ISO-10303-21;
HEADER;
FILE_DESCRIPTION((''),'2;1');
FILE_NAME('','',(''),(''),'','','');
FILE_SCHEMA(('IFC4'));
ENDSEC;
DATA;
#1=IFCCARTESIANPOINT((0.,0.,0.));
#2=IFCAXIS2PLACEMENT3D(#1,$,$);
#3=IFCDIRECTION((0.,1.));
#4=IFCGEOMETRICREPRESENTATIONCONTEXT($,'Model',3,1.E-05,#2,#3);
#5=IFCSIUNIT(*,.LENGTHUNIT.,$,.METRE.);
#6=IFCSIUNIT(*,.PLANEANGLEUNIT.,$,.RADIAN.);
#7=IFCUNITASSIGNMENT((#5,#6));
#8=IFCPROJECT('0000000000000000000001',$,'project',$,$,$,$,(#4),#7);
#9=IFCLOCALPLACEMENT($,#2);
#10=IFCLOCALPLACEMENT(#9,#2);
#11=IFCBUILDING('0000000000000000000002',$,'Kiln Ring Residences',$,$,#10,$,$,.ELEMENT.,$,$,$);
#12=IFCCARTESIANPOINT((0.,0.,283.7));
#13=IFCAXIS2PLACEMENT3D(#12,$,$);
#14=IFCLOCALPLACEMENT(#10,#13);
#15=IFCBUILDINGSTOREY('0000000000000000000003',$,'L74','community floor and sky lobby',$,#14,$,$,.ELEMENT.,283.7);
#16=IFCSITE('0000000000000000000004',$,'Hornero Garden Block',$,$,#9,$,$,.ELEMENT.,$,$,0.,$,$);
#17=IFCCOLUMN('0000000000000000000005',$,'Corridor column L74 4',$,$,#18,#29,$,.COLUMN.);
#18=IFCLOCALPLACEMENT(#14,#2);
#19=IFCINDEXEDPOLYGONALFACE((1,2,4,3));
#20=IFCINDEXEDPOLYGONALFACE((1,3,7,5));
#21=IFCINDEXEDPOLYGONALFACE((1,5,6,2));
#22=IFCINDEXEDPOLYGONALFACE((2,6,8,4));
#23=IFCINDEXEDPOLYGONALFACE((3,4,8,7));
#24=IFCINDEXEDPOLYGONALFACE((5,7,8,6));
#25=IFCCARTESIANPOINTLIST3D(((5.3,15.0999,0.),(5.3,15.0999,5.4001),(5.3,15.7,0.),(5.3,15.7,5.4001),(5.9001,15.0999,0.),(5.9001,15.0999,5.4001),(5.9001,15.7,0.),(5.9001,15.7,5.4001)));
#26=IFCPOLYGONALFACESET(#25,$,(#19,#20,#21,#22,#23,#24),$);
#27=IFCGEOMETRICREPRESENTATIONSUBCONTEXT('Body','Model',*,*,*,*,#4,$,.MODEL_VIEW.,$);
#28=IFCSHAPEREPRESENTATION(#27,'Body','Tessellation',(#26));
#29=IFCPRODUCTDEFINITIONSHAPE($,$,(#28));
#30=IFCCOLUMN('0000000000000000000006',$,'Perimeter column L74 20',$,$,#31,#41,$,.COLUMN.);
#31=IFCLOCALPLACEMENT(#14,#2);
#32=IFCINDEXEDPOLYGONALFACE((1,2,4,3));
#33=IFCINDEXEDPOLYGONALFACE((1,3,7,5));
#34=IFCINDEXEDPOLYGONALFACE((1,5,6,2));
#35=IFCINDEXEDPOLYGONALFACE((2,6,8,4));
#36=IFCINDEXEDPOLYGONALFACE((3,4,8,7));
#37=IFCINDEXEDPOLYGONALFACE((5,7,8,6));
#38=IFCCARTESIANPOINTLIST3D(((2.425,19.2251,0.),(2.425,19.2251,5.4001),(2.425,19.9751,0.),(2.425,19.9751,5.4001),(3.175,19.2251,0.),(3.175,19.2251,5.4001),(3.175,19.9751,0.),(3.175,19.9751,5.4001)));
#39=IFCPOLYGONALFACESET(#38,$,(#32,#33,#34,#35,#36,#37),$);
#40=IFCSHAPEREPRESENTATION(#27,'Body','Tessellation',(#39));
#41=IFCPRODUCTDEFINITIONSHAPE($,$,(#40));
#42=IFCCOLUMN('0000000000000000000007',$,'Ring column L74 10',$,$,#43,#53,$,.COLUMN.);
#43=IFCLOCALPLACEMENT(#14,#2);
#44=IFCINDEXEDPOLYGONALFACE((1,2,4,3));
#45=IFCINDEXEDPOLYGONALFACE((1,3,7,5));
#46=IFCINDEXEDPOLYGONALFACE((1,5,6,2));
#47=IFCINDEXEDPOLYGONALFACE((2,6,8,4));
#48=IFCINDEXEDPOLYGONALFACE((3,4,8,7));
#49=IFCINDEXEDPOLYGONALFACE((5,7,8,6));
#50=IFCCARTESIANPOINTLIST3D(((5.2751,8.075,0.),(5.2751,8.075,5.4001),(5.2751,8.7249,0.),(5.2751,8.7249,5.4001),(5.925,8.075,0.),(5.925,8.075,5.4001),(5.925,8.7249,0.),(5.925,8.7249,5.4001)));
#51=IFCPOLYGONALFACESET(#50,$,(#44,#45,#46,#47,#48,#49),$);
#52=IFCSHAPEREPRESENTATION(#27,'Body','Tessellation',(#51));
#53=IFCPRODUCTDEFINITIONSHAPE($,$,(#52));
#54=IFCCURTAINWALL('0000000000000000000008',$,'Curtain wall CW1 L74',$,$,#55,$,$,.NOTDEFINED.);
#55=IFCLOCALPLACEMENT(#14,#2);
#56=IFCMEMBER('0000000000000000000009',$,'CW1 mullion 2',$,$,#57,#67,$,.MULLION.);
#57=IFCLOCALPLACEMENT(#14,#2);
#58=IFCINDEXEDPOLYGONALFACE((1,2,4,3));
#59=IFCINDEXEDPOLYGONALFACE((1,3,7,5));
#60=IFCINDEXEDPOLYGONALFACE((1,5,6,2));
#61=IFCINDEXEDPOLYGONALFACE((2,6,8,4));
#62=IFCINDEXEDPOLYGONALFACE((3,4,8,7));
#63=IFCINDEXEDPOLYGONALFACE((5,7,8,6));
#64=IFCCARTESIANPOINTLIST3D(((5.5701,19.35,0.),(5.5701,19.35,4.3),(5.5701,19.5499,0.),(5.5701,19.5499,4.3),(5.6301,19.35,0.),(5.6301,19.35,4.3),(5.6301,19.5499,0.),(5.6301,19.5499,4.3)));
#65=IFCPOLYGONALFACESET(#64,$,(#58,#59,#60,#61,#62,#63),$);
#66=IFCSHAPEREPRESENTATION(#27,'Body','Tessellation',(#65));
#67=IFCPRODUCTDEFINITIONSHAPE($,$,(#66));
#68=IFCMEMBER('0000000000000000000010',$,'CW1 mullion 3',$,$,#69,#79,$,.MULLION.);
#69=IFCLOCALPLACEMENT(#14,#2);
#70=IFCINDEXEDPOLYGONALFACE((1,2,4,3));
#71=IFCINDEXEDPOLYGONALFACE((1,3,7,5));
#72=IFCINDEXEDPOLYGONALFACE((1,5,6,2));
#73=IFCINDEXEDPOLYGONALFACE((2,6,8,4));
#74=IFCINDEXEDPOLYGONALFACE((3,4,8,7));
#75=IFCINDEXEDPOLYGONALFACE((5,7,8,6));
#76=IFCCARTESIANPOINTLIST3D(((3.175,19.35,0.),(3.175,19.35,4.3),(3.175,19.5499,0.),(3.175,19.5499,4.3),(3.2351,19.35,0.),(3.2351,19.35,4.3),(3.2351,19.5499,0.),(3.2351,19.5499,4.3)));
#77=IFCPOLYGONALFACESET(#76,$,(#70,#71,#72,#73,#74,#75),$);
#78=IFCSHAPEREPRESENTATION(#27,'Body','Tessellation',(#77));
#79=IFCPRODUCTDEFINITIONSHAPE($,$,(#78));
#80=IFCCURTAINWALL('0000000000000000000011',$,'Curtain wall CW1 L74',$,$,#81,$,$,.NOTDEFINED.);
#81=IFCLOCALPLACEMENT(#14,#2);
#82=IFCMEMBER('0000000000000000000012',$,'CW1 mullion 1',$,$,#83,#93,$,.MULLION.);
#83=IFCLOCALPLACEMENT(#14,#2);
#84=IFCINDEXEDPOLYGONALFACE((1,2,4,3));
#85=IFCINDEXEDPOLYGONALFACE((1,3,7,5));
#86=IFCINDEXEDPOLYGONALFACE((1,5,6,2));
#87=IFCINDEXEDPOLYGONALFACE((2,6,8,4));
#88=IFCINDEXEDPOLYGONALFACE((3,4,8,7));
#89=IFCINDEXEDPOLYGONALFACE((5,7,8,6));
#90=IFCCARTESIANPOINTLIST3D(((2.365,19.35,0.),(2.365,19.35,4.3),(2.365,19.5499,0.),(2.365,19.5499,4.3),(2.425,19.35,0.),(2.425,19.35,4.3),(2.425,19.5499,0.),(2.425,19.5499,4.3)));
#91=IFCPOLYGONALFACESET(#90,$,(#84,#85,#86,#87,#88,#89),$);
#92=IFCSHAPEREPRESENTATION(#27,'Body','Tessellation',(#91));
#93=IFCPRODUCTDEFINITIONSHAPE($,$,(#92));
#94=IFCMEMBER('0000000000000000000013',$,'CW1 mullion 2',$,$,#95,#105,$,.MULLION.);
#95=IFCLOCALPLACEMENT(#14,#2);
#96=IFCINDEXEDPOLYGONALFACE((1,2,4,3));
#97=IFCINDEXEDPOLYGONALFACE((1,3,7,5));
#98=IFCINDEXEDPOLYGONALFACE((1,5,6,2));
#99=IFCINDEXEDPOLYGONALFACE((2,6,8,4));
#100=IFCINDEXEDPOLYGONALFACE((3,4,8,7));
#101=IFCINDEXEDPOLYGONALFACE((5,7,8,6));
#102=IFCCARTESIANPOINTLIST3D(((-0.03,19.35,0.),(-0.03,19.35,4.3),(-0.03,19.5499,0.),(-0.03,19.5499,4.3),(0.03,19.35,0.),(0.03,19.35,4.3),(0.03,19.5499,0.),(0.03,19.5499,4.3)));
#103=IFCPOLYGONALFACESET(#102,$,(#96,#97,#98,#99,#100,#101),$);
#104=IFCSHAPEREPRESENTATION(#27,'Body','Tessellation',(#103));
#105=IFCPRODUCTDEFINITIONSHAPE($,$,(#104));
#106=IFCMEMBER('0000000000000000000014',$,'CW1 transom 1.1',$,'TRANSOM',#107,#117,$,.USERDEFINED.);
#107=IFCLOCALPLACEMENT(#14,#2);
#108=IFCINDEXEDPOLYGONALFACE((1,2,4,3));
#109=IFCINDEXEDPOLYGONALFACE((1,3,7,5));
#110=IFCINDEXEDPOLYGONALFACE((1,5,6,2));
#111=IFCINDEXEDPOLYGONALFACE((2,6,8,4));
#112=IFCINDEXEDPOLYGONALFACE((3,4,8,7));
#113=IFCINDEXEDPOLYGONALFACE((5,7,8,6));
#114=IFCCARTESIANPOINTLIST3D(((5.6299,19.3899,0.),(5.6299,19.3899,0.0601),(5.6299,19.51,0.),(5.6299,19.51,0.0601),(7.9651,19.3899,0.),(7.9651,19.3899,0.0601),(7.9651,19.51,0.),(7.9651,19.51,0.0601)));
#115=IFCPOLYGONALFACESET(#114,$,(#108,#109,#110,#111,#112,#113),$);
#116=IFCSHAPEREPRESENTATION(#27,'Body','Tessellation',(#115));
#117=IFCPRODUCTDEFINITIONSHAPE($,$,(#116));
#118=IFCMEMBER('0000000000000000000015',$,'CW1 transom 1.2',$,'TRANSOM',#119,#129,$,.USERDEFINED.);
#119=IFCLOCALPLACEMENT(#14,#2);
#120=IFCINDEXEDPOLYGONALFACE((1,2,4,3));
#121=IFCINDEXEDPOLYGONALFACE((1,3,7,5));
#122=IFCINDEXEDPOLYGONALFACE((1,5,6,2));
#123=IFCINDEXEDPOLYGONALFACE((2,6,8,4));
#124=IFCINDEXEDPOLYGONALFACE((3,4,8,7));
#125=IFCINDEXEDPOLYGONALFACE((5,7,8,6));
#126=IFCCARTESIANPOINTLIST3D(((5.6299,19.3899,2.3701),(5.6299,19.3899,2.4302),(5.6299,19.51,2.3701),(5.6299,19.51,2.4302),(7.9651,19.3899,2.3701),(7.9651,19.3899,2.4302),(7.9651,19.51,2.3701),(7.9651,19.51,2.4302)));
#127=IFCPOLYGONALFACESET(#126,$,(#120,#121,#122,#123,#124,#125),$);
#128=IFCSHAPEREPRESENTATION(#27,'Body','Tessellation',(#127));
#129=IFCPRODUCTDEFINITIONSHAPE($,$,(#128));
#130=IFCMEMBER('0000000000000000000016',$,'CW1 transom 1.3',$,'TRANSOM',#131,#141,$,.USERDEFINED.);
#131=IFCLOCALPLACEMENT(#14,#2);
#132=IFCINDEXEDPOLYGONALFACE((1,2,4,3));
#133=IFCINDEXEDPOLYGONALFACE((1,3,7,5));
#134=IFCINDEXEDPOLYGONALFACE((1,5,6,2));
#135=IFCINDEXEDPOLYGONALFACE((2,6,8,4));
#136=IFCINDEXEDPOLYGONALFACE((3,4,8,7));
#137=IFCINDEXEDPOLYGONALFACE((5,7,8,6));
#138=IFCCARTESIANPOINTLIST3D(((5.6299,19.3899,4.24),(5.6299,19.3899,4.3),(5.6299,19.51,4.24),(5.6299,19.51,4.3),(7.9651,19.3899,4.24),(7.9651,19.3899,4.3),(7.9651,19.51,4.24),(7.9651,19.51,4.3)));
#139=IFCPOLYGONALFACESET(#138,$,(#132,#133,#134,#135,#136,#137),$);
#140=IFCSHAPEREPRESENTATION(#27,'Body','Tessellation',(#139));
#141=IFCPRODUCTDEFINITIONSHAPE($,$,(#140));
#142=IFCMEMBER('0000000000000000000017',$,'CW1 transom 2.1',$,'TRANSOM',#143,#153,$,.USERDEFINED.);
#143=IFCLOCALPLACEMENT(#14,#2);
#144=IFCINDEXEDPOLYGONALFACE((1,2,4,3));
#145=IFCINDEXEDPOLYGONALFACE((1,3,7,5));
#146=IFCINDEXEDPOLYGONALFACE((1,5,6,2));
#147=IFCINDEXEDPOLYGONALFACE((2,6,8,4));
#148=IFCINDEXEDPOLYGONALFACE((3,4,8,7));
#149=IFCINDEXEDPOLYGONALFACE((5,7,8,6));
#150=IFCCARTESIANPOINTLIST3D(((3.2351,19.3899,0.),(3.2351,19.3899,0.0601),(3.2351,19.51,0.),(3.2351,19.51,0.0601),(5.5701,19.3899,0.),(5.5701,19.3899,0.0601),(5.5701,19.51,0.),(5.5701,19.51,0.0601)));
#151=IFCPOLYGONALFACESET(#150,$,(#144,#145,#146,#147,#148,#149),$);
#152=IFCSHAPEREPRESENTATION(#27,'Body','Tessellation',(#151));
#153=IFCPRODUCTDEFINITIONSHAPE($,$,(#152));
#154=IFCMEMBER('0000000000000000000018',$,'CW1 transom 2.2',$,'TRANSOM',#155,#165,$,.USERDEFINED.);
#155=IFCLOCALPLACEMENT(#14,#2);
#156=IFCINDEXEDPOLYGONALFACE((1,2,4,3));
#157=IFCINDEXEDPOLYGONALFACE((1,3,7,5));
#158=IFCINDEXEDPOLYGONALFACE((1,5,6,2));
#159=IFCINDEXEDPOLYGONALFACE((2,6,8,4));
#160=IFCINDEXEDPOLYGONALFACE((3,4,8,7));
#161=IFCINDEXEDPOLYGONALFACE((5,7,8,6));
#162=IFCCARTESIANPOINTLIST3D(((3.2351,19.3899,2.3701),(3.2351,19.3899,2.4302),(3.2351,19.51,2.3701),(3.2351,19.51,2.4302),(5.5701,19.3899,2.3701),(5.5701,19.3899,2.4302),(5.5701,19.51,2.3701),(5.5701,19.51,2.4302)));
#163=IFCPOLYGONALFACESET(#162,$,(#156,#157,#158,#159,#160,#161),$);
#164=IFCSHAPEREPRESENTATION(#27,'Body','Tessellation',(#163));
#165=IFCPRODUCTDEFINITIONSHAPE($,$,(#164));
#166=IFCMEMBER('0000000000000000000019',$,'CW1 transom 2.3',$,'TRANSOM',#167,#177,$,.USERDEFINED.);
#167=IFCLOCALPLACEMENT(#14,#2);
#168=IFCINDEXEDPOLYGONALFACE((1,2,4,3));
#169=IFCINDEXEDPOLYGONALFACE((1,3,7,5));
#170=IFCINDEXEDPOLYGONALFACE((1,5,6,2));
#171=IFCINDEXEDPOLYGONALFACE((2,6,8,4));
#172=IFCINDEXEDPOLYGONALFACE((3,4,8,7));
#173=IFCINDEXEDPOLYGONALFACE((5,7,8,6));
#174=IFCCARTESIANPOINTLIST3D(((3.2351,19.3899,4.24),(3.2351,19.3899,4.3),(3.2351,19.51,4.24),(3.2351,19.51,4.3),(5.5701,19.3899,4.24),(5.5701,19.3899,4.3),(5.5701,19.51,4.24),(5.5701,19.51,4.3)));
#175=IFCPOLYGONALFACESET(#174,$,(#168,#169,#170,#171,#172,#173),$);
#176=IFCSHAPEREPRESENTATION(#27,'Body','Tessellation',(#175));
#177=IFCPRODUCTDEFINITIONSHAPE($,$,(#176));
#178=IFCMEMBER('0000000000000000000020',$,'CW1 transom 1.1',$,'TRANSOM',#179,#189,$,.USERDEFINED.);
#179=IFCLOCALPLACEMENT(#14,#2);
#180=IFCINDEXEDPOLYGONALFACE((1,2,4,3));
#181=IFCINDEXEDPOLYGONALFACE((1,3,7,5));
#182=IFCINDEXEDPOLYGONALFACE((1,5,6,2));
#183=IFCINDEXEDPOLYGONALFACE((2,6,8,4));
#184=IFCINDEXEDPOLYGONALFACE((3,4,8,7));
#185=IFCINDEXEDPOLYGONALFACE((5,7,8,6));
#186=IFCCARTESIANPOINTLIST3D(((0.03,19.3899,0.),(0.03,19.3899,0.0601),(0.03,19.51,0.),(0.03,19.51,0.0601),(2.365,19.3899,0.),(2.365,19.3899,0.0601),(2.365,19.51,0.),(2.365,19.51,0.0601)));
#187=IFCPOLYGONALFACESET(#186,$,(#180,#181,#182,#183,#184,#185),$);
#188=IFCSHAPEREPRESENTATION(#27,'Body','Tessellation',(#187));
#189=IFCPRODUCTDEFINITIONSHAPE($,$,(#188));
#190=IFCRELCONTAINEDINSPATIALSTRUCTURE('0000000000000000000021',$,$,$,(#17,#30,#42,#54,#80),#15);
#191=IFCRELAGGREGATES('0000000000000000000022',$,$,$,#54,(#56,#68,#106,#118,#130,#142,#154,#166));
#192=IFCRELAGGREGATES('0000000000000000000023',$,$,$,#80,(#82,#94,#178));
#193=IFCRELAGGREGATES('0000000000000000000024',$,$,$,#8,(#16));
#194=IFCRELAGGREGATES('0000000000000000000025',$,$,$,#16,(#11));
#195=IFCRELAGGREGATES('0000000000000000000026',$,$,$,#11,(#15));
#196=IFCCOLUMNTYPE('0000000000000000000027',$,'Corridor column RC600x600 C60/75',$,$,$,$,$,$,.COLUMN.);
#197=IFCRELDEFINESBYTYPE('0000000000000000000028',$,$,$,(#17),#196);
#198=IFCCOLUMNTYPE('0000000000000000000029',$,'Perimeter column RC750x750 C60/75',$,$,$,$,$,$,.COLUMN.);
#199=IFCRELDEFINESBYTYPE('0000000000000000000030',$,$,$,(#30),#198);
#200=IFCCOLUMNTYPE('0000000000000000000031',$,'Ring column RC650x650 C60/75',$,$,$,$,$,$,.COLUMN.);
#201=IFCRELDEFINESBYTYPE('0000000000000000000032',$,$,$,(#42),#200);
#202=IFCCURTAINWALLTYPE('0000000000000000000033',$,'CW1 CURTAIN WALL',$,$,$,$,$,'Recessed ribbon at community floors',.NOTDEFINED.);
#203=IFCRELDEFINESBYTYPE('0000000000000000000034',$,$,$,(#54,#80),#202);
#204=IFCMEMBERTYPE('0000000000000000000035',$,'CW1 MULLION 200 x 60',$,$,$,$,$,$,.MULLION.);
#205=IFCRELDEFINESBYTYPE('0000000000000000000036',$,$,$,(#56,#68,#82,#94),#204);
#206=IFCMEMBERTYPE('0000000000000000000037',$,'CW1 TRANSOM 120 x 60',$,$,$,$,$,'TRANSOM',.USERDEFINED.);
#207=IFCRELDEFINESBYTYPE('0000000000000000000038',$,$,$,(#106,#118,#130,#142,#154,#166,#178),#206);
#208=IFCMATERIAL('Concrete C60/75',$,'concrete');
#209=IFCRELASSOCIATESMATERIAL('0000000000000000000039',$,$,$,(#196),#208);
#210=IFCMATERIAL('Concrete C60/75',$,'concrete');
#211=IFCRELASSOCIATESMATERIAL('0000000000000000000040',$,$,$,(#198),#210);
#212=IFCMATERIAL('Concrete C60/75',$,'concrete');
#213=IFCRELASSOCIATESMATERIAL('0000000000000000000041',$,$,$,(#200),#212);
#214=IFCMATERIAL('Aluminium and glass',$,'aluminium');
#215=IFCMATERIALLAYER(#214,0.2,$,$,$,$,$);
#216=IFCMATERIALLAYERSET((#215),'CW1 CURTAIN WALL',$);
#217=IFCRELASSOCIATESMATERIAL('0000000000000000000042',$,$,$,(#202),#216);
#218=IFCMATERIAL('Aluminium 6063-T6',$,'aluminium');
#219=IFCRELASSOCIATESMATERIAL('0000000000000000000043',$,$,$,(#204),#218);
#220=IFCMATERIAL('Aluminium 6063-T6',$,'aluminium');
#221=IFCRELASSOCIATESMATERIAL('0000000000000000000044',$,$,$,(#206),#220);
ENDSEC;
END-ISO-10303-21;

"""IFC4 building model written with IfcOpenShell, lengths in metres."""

from ifc_helpers import new_model, si_unit, direction, frame, origin, origin_2d, place, context, subcontext, project, spatial, rectangle, extrude, material, layer, layer_set, material_profile, profile_set, type_object, element, aggregate, save


model = new_model("IFC4")

# Units and contexts
model_context = context("Model", 3, precision=1e-05, world=origin(), true_north=direction((0.0, 1.0)))
body_context = subcontext(model_context, "Body", "Model", "MODEL_VIEW")
ifc_project = project(units=[si_unit("LENGTHUNIT", "METRE"), si_unit("PLANEANGLEUNIT", "RADIAN")], contexts=[model_context])

# Site, building, storey
site_placement = place(None, origin())
site = spatial("IfcSite", under=ifc_project, at=site_placement, Name="Hornero Garden Block", CompositionType="ELEMENT", RefElevation=0.0)
building_placement = place(site_placement, origin())
building = spatial("IfcBuilding", under=site, at=building_placement, Name="Kiln Ring Residences", CompositionType="ELEMENT")
storey_placement = place(building_placement, frame((0.0, 0.0, 283.7)))
storey = spatial("IfcBuildingStorey", under=building, at=storey_placement, Name="L74", Description="community floor and sky lobby", CompositionType="ELEMENT", Elevation=283.7)

# Columns
ifc_material_1 = material(Name="Concrete C60/75", Category="concrete")
ifc_material_profile_1 = material_profile(ifc_material_1, rectangle(XDim=0.6001, YDim=0.6001, at=origin_2d()), Name="RC600x600")
ifc_profile_set_1 = profile_set([ifc_material_profile_1], Name="Concrete C60/75")
column_type_1 = type_object("IfcColumnType", Name="Corridor column RC600x600 C60/75", PredefinedType="COLUMN", material=ifc_profile_set_1)
column_1_placement = place(storey_placement, frame((5.6001, 15.3999, 0.0), z_axis=(0.0, 0.0, 1.0), x_axis=(1.0, 0.0, 0.0)))
element("IfcColumn", 1, at=column_1_placement, inside=storey, type_object=column_type_1, Name="Corridor column L74 4", PredefinedType="COLUMN", context=body_context, shape_type="SweptSolid", body=[
    extrude(rectangle(XDim=0.6001, YDim=0.6001, at=origin_2d()), origin(), (0.0, 0.0, 1.0), 5.4001),
])
ifc_material_2 = material(Name="Concrete C60/75", Category="concrete")
ifc_material_profile_2 = material_profile(ifc_material_2, rectangle(XDim=0.75, YDim=0.75, at=origin_2d()), Name="RC750x750")
ifc_profile_set_2 = profile_set([ifc_material_profile_2], Name="Concrete C60/75")
column_type_2 = type_object("IfcColumnType", Name="Perimeter column RC750x750 C60/75", PredefinedType="COLUMN", material=ifc_profile_set_2)
column_2_placement = place(storey_placement, frame((2.8, 19.6001, 0.0), z_axis=(0.0, 0.0, 1.0), x_axis=(1.0, 0.0, 0.0)))
element("IfcColumn", 2, at=column_2_placement, inside=storey, type_object=column_type_2, Name="Perimeter column L74 20", PredefinedType="COLUMN", context=body_context, shape_type="SweptSolid", body=[
    extrude(rectangle(XDim=0.75, YDim=0.75, at=origin_2d()), origin(), (0.0, 0.0, 1.0), 5.4001),
])
ifc_material_3 = material(Name="Concrete C60/75", Category="concrete")
ifc_material_profile_3 = material_profile(ifc_material_3, rectangle(XDim=0.6499, YDim=0.6499, at=origin_2d()), Name="RC650x650")
ifc_profile_set_3 = profile_set([ifc_material_profile_3], Name="Concrete C60/75")
column_type_3 = type_object("IfcColumnType", Name="Ring column RC650x650 C60/75", PredefinedType="COLUMN", material=ifc_profile_set_3)
column_3_placement = place(storey_placement, frame((5.6001, 8.3999, 0.0), z_axis=(0.0, 0.0, 1.0), x_axis=(1.0, 0.0, 0.0)))
element("IfcColumn", 3, at=column_3_placement, inside=storey, type_object=column_type_3, Name="Ring column L74 10", PredefinedType="COLUMN", context=body_context, shape_type="SweptSolid", body=[
    extrude(rectangle(XDim=0.6499, YDim=0.6499, at=origin_2d()), origin(), (0.0, 0.0, 1.0), 5.4001),
])

# Curtain walls, members
ifc_material_4 = material(Name="Aluminium and glass", Category="aluminium")
ifc_layer_1 = layer(ifc_material_4, 0.2)
ifc_layer_set_1 = layer_set([ifc_layer_1], Name="CW1 CURTAIN WALL")
curtain_wall_type = type_object("IfcCurtainWallType", Name="CW1 CURTAIN WALL", ElementType="Recessed ribbon at community floors", PredefinedType="NOTDEFINED", material=ifc_layer_set_1)
placement = place(storey_placement, origin())
curtain_wall_1 = element("IfcCurtainWall", 4, at=placement, inside=storey, type_object=curtain_wall_type, Name="Curtain wall CW1 L74", PredefinedType="NOTDEFINED")
ifc_material_5 = material(Name="Aluminium 6063-T6", Category="aluminium")
ifc_material_profile_4 = material_profile(ifc_material_5, rectangle(XDim=0.2, YDim=0.0601, at=origin_2d()), Name="AL 200x60")
ifc_profile_set_4 = profile_set([ifc_material_profile_4], Name="Aluminium 6063-T6")
member_type_1 = type_object("IfcMemberType", Name="CW1 MULLION 200 x 60", PredefinedType="MULLION", material=ifc_profile_set_4)
member_1_placement = place(storey_placement, frame((5.6001, 19.45, 0.0), z_axis=(0.0, 0.0, 1.0), x_axis=(0.0, -1.0, 0.0)))
member_1 = element("IfcMember", 5, at=member_1_placement, type_object=member_type_1, Name="CW1 mullion 2", PredefinedType="MULLION", context=body_context, shape_type="SweptSolid", body=[
    extrude(rectangle(XDim=0.2, YDim=0.0601, at=origin_2d()), origin(), (0.0, 0.0, 1.0), 4.3),
])
member_2_placement = place(storey_placement, frame((3.2051, 19.45, 0.0), z_axis=(0.0, 0.0, 1.0), x_axis=(0.0, -1.0, 0.0)))
member_2 = element("IfcMember", 6, at=member_2_placement, type_object=member_type_1, Name="CW1 mullion 3", PredefinedType="MULLION", context=body_context, shape_type="SweptSolid", body=[
    extrude(rectangle(XDim=0.2, YDim=0.0601, at=origin_2d()), origin(), (0.0, 0.0, 1.0), 4.3),
])
curtain_wall_2 = element("IfcCurtainWall", 7, at=placement, inside=storey, type_object=curtain_wall_type, Name="Curtain wall CW1 L74", PredefinedType="NOTDEFINED")
member_3_placement = place(storey_placement, frame((2.395, 19.45, 0.0), z_axis=(0.0, 0.0, 1.0), x_axis=(0.0, -1.0, 0.0)))
member_3 = element("IfcMember", 8, at=member_3_placement, type_object=member_type_1, Name="CW1 mullion 1", PredefinedType="MULLION", context=body_context, shape_type="SweptSolid", body=[
    extrude(rectangle(XDim=0.2, YDim=0.0601, at=origin_2d()), origin(), (0.0, 0.0, 1.0), 4.3),
])
member_4_placement = place(storey_placement, frame((0.0, 19.45, 0.0), z_axis=(0.0, 0.0, 1.0), x_axis=(0.0, -1.0, 0.0)))
member_4 = element("IfcMember", 9, at=member_4_placement, type_object=member_type_1, Name="CW1 mullion 2", PredefinedType="MULLION", context=body_context, shape_type="SweptSolid", body=[
    extrude(rectangle(XDim=0.2, YDim=0.0601, at=origin_2d()), origin(), (0.0, 0.0, 1.0), 4.3),
])

# Members
ifc_material_6 = material(Name="Aluminium 6063-T6", Category="aluminium")
ifc_material_profile_5 = material_profile(ifc_material_6, rectangle(XDim=0.1201, YDim=0.0601, at=origin_2d()), Name="AL 120x60")
ifc_profile_set_5 = profile_set([ifc_material_profile_5], Name="Aluminium 6063-T6")
member_type_2 = type_object("IfcMemberType", Name="CW1 TRANSOM 120 x 60", ElementType="TRANSOM", PredefinedType="USERDEFINED", material=ifc_profile_set_5)
member_5_placement = place(storey_placement, frame((7.9651, 19.45, 0.03), z_axis=(-1.0, 0.0, 0.0), x_axis=(0.0, -1.0, 0.0)))
member_5 = element("IfcMember", 10, at=member_5_placement, type_object=member_type_2, Name="CW1 transom 1.1", ObjectType="TRANSOM", PredefinedType="USERDEFINED", context=body_context, shape_type="SweptSolid", body=[
    extrude(rectangle(XDim=0.1201, YDim=0.0601, at=origin_2d()), origin(), (0.0, 0.0, 1.0), 2.3352),
])
member_6_placement = place(storey_placement, frame((7.9651, 19.45, 2.4001), z_axis=(-1.0, 0.0, 0.0), x_axis=(0.0, -1.0, 0.0)))
member_6 = element("IfcMember", 11, at=member_6_placement, type_object=member_type_2, Name="CW1 transom 1.2", ObjectType="TRANSOM", PredefinedType="USERDEFINED", context=body_context, shape_type="SweptSolid", body=[
    extrude(rectangle(XDim=0.1201, YDim=0.0601, at=origin_2d()), origin(), (0.0, 0.0, 1.0), 2.3352),
])
member_7_placement = place(storey_placement, frame((7.9651, 19.45, 4.27), z_axis=(-1.0, 0.0, 0.0), x_axis=(0.0, -1.0, 0.0)))
member_7 = element("IfcMember", 12, at=member_7_placement, type_object=member_type_2, Name="CW1 transom 1.3", ObjectType="TRANSOM", PredefinedType="USERDEFINED", context=body_context, shape_type="SweptSolid", body=[
    extrude(rectangle(XDim=0.1201, YDim=0.0601, at=origin_2d()), origin(), (0.0, 0.0, 1.0), 2.3352),
])
member_8_placement = place(storey_placement, frame((5.5701, 19.45, 0.03), z_axis=(-1.0, 0.0, 0.0), x_axis=(0.0, -1.0, 0.0)))
member_8 = element("IfcMember", 13, at=member_8_placement, type_object=member_type_2, Name="CW1 transom 2.1", ObjectType="TRANSOM", PredefinedType="USERDEFINED", context=body_context, shape_type="SweptSolid", body=[
    extrude(rectangle(XDim=0.1201, YDim=0.0601, at=origin_2d()), origin(), (0.0, 0.0, 1.0), 2.335),
])
member_9_placement = place(storey_placement, frame((5.5701, 19.45, 2.4001), z_axis=(-1.0, 0.0, 0.0), x_axis=(0.0, -1.0, 0.0)))
member_9 = element("IfcMember", 14, at=member_9_placement, type_object=member_type_2, Name="CW1 transom 2.2", ObjectType="TRANSOM", PredefinedType="USERDEFINED", context=body_context, shape_type="SweptSolid", body=[
    extrude(rectangle(XDim=0.1201, YDim=0.0601, at=origin_2d()), origin(), (0.0, 0.0, 1.0), 2.335),
])
member_10_placement = place(storey_placement, frame((5.5701, 19.45, 4.27), z_axis=(-1.0, 0.0, 0.0), x_axis=(0.0, -1.0, 0.0)))
member_10 = element("IfcMember", 15, at=member_10_placement, type_object=member_type_2, Name="CW1 transom 2.3", ObjectType="TRANSOM", PredefinedType="USERDEFINED", context=body_context, shape_type="SweptSolid", body=[
    extrude(rectangle(XDim=0.1201, YDim=0.0601, at=origin_2d()), origin(), (0.0, 0.0, 1.0), 2.335),
])
member_11_placement = place(storey_placement, frame((2.365, 19.45, 0.03), z_axis=(-1.0, 0.0, 0.0), x_axis=(0.0, -1.0, 0.0)))
member_11 = element("IfcMember", 16, at=member_11_placement, type_object=member_type_2, Name="CW1 transom 1.1", ObjectType="TRANSOM", PredefinedType="USERDEFINED", context=body_context, shape_type="SweptSolid", body=[
    extrude(rectangle(XDim=0.1201, YDim=0.0601, at=origin_2d()), origin(), (0.0, 0.0, 1.0), 2.335),
])

aggregate(curtain_wall_1, [member_1, member_2, member_5, member_6, member_7, member_8, member_9, member_10])
aggregate(curtain_wall_2, [member_3, member_4, member_11])

save(model, "model.ifc")
